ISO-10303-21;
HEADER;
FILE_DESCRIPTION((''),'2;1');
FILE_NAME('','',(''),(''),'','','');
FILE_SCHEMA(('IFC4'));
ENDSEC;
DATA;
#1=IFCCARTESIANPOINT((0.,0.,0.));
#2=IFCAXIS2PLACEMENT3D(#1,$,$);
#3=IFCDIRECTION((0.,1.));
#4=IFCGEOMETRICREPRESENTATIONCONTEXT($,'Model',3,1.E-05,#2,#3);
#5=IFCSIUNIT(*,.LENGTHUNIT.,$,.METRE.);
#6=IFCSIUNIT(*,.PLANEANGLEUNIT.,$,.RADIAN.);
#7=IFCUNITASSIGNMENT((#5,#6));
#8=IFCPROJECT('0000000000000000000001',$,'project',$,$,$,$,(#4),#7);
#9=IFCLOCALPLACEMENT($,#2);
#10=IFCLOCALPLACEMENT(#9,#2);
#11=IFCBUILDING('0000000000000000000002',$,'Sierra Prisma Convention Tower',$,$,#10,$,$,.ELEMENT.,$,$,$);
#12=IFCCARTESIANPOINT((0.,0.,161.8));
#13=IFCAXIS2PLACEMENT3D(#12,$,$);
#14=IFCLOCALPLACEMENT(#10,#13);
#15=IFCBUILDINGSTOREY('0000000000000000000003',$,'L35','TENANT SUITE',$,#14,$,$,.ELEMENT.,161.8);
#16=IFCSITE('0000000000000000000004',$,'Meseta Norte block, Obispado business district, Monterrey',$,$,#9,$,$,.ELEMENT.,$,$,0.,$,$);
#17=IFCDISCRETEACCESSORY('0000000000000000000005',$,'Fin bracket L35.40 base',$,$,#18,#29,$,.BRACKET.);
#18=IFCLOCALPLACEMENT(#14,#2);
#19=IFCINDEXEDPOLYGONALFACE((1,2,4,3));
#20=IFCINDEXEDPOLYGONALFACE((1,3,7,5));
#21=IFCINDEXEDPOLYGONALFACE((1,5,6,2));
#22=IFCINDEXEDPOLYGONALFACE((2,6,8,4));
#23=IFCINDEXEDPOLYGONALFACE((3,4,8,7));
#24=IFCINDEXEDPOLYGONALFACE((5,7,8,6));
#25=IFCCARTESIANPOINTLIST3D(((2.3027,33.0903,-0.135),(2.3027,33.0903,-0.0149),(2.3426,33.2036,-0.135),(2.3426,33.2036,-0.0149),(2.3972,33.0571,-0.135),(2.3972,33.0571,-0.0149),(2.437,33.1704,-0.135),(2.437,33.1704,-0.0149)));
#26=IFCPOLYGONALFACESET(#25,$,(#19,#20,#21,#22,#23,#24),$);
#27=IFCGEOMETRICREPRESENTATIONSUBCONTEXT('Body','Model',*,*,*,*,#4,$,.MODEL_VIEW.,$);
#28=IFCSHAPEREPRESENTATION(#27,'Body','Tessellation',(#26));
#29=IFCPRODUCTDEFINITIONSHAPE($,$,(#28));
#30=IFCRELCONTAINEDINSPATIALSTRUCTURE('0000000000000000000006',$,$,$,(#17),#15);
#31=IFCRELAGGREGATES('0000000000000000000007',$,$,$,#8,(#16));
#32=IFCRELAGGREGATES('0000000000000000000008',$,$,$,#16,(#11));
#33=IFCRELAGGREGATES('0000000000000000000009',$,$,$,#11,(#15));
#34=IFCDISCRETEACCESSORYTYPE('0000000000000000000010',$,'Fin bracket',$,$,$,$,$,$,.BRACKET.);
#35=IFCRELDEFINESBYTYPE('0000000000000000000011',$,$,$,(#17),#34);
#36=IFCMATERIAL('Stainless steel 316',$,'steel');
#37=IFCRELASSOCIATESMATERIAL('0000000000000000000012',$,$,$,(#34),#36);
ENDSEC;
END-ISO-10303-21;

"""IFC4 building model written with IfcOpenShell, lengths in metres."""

from ifc_helpers import new_model, si_unit, direction, frame, origin, origin_2d, place, context, subcontext, project, spatial, rectangle, extrude, material, type_object, element, save


model = new_model("IFC4")

# Units and contexts
model_context = context("Model", 3, precision=1e-05, world=origin(), true_north=direction((0.0, 1.0)))
body_context = subcontext(model_context, "Body", "Model", "MODEL_VIEW")
ifc_project = project(units=[si_unit("LENGTHUNIT", "METRE"), si_unit("PLANEANGLEUNIT", "RADIAN")], contexts=[model_context])

# Site, building, storey
site_placement = place(None, origin())
site = spatial("IfcSite", under=ifc_project, at=site_placement, Name="Meseta Norte block, Obispado business district, Monterrey", CompositionType="ELEMENT", RefElevation=0.0)
building_placement = place(site_placement, origin())
building = spatial("IfcBuilding", under=site, at=building_placement, Name="Sierra Prisma Convention Tower", CompositionType="ELEMENT")
storey_placement = place(building_placement, frame((0.0, 0.0, 161.8)))
storey = spatial("IfcBuildingStorey", under=building, at=storey_placement, Name="L35", Description="TENANT SUITE", CompositionType="ELEMENT", Elevation=161.8)

# Discrete accessory
ifc_material_1 = material(Name="Stainless steel 316", Category="steel")
discrete_accessory_type = type_object("IfcDiscreteAccessoryType", Name="Fin bracket", PredefinedType="BRACKET", material=ifc_material_1)
for number, where, z_axis, x_axis, name in (
    (1, (2.3699, 33.1304, -0.135), (0.0, 0.0, 1.0), (0.331672, 0.943395, 0.0), "Fin bracket L35.40 base"),
):
    element("IfcDiscreteAccessory", number, at=place(storey_placement, frame(where, z_axis=z_axis, x_axis=x_axis)), inside=storey, type_object=discrete_accessory_type, Name=name, PredefinedType="BRACKET", context=body_context, shape_type="SweptSolid", body=[
        extrude(rectangle(XDim=0.1201, YDim=0.1001, at=origin_2d()), origin(), (0.0, 0.0, 1.0), 0.1201),
    ])

save(model, "model.ifc")
